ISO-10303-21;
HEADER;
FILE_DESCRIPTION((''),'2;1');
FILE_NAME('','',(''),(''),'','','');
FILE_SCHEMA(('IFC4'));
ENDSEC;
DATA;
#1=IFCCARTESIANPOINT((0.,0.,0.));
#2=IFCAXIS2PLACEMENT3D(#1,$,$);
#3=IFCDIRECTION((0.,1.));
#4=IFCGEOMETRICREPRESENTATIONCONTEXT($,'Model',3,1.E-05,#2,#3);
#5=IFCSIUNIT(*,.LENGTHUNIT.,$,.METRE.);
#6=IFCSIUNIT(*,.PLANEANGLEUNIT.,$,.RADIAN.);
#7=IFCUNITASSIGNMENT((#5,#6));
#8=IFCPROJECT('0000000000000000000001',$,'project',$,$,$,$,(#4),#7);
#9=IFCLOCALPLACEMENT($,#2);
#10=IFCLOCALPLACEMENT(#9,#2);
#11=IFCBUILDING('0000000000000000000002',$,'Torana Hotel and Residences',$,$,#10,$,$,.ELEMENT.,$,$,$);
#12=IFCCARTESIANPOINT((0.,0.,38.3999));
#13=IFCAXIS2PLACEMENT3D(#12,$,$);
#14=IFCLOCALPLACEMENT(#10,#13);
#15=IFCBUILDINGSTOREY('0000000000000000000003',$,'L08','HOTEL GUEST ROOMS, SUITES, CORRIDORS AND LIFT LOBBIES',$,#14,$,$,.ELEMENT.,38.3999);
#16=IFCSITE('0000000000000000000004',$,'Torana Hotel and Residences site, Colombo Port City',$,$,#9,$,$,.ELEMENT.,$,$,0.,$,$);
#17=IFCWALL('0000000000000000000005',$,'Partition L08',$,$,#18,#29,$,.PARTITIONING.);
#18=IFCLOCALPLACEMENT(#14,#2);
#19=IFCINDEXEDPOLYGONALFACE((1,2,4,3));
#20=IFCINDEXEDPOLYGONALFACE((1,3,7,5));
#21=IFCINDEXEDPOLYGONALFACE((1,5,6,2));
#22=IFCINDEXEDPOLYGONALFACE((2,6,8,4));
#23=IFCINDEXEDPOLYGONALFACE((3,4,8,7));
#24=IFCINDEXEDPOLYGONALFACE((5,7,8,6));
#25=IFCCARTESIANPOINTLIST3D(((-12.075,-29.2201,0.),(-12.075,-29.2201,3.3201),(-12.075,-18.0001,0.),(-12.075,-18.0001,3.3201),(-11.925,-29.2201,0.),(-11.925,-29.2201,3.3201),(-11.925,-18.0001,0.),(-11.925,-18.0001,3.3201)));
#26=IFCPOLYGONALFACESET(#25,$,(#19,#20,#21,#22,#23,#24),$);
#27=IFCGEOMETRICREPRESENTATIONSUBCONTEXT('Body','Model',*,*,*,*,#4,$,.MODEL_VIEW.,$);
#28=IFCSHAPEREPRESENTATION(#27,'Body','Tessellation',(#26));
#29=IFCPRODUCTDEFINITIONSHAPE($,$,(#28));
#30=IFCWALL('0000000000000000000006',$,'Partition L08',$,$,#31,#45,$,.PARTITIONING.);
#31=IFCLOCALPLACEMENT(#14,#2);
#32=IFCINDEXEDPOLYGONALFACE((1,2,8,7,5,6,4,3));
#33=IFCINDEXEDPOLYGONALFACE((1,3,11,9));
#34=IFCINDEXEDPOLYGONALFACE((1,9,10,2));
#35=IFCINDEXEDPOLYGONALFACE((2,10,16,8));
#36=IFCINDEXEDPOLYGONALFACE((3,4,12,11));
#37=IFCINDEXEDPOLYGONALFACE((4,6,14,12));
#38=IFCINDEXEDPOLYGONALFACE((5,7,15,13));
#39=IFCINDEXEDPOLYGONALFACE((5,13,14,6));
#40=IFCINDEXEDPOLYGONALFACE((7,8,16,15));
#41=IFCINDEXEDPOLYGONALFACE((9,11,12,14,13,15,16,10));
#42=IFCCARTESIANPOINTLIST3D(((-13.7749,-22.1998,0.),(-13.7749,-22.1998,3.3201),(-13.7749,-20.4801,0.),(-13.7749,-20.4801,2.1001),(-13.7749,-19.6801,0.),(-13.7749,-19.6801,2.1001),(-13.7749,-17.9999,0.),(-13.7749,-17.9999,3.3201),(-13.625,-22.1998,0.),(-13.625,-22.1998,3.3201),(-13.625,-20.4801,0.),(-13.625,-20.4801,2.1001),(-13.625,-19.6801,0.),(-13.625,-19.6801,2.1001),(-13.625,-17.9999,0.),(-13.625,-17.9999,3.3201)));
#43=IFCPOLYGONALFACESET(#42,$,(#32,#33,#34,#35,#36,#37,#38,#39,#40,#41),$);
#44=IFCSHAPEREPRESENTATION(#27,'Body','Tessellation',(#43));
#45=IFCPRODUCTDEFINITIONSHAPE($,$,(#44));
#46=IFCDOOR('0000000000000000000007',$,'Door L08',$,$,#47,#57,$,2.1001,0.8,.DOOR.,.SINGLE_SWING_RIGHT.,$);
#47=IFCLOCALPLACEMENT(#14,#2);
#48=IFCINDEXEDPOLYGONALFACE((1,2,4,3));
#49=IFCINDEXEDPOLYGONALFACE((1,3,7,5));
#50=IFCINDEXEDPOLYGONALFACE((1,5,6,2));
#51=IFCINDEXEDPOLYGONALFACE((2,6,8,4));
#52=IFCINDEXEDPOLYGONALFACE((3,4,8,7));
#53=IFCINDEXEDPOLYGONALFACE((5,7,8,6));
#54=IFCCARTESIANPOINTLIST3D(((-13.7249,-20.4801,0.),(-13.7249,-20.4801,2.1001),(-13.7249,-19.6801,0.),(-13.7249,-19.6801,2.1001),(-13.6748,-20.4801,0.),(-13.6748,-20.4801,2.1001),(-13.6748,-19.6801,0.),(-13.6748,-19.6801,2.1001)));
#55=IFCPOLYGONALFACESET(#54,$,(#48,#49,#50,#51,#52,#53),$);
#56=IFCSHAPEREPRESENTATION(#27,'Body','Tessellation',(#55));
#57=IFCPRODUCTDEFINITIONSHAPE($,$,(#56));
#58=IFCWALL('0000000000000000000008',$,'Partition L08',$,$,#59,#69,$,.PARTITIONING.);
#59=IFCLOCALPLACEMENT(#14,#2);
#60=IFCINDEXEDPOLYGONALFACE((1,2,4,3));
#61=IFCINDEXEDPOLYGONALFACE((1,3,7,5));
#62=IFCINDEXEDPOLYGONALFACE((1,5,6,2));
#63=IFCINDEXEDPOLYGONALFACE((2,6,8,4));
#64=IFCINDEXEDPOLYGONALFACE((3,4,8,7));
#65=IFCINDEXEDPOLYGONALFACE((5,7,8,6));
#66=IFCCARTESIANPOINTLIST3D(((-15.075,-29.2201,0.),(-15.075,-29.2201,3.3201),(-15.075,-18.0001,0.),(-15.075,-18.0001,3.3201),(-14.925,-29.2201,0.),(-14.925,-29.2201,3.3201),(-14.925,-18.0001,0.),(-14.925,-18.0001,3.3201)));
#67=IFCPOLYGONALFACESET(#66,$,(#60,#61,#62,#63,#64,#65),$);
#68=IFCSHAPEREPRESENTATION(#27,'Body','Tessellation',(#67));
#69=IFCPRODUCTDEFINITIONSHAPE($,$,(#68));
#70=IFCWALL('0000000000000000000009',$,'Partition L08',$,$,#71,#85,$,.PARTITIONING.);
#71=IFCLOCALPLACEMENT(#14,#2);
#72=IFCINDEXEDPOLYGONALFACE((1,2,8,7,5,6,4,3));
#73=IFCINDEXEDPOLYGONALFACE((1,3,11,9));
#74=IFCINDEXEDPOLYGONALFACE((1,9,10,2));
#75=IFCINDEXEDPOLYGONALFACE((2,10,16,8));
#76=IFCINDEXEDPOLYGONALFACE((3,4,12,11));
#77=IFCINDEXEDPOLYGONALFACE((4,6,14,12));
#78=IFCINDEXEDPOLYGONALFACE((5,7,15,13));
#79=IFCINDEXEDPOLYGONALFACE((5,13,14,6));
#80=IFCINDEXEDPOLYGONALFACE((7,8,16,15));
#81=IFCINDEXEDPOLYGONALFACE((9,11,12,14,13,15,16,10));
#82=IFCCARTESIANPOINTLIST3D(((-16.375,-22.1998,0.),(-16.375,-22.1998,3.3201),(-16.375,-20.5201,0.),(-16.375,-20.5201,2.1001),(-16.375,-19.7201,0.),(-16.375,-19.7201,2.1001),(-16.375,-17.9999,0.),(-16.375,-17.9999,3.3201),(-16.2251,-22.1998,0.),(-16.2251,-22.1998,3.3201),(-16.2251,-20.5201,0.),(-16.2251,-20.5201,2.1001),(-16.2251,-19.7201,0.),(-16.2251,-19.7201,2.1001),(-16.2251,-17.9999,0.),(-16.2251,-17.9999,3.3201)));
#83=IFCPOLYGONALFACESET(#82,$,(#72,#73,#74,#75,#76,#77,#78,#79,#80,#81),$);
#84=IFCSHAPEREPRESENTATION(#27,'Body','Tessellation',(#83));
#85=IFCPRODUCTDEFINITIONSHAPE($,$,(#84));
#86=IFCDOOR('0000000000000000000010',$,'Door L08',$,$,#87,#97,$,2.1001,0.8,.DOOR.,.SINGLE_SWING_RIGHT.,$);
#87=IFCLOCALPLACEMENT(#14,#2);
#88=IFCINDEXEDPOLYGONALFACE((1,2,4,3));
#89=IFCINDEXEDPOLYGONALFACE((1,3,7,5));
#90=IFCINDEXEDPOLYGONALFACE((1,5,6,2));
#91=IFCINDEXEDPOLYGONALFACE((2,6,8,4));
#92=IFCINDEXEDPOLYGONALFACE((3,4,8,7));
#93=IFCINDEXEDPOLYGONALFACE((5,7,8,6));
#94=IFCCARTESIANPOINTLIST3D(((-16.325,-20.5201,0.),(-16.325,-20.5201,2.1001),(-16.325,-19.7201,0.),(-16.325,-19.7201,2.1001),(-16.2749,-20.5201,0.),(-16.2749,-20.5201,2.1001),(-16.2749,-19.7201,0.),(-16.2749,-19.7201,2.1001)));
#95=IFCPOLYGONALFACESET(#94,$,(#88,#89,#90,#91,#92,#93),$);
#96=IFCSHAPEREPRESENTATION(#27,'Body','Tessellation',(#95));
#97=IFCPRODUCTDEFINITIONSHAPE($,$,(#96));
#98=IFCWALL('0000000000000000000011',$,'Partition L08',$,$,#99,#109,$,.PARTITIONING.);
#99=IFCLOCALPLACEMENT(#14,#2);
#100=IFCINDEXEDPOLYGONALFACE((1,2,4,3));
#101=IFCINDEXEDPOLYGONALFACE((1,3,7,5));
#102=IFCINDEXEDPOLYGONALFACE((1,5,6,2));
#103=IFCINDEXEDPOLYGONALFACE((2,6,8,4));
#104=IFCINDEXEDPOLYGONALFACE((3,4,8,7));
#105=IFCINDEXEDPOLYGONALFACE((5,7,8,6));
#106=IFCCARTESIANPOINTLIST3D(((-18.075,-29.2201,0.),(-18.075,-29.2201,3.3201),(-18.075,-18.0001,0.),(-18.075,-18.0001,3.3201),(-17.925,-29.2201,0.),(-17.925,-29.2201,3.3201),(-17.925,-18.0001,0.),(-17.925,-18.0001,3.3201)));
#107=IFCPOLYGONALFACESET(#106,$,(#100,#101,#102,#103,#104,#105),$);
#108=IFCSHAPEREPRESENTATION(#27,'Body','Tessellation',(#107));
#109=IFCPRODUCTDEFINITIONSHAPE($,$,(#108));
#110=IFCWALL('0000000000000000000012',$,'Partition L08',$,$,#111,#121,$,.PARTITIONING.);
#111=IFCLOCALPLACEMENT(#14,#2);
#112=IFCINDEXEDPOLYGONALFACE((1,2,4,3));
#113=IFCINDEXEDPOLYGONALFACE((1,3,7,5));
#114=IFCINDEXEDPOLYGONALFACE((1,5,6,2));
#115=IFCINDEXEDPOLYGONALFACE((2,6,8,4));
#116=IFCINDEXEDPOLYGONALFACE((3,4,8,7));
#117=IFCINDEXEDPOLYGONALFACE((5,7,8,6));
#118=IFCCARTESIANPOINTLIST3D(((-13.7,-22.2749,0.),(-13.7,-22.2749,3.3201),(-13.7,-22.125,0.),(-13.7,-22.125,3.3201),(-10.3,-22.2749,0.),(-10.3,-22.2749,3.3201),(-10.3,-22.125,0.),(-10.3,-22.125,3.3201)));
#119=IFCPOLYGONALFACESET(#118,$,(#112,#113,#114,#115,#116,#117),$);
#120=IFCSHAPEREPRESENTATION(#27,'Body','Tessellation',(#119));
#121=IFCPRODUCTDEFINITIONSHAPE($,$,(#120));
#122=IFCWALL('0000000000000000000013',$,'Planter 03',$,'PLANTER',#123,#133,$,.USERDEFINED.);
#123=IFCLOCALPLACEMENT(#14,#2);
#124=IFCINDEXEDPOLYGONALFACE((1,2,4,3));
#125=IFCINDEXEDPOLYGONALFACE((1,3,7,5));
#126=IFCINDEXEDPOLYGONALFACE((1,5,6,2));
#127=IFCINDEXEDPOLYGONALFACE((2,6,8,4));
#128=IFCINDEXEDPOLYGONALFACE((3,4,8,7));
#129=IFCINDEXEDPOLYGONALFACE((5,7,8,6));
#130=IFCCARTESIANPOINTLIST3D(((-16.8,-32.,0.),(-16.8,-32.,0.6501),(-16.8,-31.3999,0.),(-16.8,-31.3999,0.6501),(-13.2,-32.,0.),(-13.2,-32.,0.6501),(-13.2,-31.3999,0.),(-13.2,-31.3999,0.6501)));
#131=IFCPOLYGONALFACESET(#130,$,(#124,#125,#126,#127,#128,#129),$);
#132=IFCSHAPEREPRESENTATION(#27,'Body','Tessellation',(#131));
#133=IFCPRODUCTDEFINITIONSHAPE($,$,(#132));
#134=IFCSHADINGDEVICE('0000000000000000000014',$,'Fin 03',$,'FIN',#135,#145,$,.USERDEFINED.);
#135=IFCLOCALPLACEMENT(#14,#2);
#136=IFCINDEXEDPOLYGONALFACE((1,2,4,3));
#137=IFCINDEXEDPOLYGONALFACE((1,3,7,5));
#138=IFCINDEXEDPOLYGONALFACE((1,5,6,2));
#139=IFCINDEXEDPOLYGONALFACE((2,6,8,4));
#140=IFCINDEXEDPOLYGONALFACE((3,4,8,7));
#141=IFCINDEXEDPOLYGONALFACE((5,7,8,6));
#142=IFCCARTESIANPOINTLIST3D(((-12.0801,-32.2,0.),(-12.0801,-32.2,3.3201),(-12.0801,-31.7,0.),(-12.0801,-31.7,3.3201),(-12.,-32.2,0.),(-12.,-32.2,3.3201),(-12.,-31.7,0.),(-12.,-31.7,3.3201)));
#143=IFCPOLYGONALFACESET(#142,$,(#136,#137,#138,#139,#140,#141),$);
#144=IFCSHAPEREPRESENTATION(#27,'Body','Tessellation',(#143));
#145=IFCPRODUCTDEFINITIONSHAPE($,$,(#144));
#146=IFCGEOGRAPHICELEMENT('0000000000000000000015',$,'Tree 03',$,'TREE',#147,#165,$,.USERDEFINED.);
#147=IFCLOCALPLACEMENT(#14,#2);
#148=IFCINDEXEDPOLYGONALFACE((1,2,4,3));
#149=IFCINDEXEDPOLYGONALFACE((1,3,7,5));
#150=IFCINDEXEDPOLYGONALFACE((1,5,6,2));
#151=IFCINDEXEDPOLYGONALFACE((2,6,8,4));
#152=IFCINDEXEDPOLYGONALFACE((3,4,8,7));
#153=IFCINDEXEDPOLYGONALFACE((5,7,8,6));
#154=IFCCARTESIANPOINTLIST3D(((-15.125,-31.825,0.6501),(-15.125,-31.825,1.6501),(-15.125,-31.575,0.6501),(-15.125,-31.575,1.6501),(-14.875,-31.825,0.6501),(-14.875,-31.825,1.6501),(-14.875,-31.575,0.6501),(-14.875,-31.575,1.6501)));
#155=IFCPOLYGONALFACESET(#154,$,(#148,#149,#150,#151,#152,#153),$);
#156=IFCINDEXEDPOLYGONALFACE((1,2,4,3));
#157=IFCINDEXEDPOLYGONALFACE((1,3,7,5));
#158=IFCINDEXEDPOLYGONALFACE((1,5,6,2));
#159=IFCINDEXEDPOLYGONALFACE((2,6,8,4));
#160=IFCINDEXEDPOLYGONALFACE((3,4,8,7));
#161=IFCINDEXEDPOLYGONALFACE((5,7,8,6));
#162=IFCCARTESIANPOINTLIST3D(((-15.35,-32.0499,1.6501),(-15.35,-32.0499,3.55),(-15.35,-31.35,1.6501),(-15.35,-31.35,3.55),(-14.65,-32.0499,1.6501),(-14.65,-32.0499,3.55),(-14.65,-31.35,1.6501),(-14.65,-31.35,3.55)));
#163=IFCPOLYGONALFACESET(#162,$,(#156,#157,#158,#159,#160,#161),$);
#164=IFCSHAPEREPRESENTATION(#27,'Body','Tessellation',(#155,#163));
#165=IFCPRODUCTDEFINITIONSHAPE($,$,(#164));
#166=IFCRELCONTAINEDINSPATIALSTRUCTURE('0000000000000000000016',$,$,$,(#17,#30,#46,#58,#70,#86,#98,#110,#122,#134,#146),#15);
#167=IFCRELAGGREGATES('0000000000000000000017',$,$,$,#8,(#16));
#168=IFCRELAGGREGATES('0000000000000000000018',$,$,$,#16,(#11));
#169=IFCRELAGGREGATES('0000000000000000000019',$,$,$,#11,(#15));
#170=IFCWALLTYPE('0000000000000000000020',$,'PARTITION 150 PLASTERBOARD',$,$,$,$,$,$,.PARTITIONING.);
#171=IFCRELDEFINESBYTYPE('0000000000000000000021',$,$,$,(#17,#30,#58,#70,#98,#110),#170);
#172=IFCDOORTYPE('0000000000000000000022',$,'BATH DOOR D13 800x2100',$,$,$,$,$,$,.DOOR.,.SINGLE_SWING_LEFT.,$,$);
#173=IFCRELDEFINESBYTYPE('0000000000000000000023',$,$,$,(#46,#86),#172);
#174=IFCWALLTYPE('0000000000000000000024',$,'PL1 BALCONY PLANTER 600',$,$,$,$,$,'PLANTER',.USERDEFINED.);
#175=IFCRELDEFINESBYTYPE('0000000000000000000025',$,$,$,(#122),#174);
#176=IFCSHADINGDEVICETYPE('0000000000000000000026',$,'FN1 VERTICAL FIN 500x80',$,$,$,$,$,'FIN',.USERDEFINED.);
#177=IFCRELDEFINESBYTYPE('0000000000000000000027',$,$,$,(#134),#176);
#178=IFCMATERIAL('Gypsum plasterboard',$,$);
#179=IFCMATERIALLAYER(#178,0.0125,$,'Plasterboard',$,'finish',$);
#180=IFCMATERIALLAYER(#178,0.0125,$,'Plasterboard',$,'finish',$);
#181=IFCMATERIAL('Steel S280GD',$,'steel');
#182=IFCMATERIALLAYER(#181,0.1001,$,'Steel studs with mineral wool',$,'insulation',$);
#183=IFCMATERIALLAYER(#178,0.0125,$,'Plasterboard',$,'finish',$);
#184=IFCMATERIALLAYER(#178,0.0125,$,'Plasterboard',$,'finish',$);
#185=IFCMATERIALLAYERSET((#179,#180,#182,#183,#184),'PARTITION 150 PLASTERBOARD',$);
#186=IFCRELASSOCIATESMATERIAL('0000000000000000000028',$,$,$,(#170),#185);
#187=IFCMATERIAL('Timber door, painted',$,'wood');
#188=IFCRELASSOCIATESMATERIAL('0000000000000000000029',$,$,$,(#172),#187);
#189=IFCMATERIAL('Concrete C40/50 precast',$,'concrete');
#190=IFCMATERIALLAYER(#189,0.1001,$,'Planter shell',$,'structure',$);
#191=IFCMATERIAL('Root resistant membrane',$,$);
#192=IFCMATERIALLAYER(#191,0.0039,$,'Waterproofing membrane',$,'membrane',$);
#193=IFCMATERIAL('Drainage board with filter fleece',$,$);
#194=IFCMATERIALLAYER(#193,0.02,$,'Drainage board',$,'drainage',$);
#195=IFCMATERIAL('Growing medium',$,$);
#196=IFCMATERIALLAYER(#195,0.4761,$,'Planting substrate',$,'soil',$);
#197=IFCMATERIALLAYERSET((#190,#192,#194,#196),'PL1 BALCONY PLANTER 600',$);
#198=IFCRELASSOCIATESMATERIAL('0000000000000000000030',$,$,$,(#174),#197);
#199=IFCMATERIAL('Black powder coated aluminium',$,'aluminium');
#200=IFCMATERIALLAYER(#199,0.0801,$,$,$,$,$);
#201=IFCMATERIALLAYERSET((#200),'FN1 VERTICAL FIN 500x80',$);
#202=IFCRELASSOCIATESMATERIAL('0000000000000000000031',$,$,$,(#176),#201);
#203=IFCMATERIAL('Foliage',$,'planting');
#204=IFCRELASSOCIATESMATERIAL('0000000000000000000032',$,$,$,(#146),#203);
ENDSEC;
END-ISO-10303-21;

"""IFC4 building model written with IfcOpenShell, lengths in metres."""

from ifc_helpers import new_model, si_unit, direction, frame, frame_2d, origin, origin_2d, place, context, subcontext, project, spatial, rectangle, extrude, material, layer, layer_set, type_object, element, fill, save


model = new_model("IFC4")

# Units and contexts
model_context = context("Model", 3, precision=1e-05, world=origin(), true_north=direction((0.0, 1.0)))
body_context = subcontext(model_context, "Body", "Model", "MODEL_VIEW")
ifc_project = project(units=[si_unit("LENGTHUNIT", "METRE"), si_unit("PLANEANGLEUNIT", "RADIAN")], contexts=[model_context])

# Site, building, storey
site_placement = place(None, origin())
site = spatial("IfcSite", under=ifc_project, at=site_placement, Name="Torana Hotel and Residences site, Colombo Port City", CompositionType="ELEMENT", RefElevation=0.0)
building_placement = place(site_placement, origin())
building = spatial("IfcBuilding", under=site, at=building_placement, Name="Torana Hotel and Residences", CompositionType="ELEMENT")
storey_placement = place(building_placement, frame((0.0, 0.0, 38.3999)))
storey = spatial("IfcBuildingStorey", under=building, at=storey_placement, Name="L08", Description="HOTEL GUEST ROOMS, SUITES, CORRIDORS AND LIFT LOBBIES", CompositionType="ELEMENT", Elevation=38.3999)

# Shared definitions
ifc_material_1 = material(Name="Gypsum plasterboard")
ifc_layer_1 = layer(ifc_material_1, 0.0125, Name="Plasterboard", Category="finish")
ifc_layer_2 = layer(ifc_material_1, 0.0125, Name="Plasterboard", Category="finish")
ifc_material_2 = material(Name="Steel S280GD", Category="steel")
ifc_layer_3 = layer(ifc_material_2, 0.1001, Name="Steel studs with mineral wool", Category="insulation")
ifc_layer_4 = layer(ifc_material_1, 0.0125, Name="Plasterboard", Category="finish")
ifc_layer_5 = layer(ifc_material_1, 0.0125, Name="Plasterboard", Category="finish")
ifc_layer_set_1 = layer_set([ifc_layer_1, ifc_layer_2, ifc_layer_3, ifc_layer_4, ifc_layer_5], Name="PARTITION 150 PLASTERBOARD")
wall_type_1 = type_object("IfcWallType", Name="PARTITION 150 PLASTERBOARD", PredefinedType="PARTITIONING", material=ifc_layer_set_1)
ifc_material_3 = material(Name="Timber door, painted", Category="wood")
door_type_1 = type_object("IfcDoorType", Name="BATH DOOR D13 800x2100", OperationType="SINGLE_SWING_LEFT", PredefinedType="DOOR", material=ifc_material_3)

# Wall
wall_1_placement = place(storey_placement, frame((-12.0, -29.22, 0.0), z_axis=(0.0, 0.0, 1.0), x_axis=(0.0, 1.0, 0.0)))
element("IfcWall", 1, at=wall_1_placement, inside=storey, type_object=wall_type_1, Name="Partition L08", PredefinedType="PARTITIONING", context=body_context, shape_type="SweptSolid", body=[
    extrude(rectangle(XDim=11.22, YDim=0.1499, at=frame_2d((5.6099, 0.0))), origin(), (0.0, 0.0, 1.0), 3.3201),
])

# Wall, opening, door
wall_2_placement = place(storey_placement, frame((-13.7, -22.2, 0.0), z_axis=(0.0, 0.0, 1.0), x_axis=(0.0, 1.0, 0.0)))
wall_2 = element("IfcWall", 2, at=wall_2_placement, inside=storey, type_object=wall_type_1, Name="Partition L08", PredefinedType="PARTITIONING", context=body_context, shape_type="SweptSolid", body=[
    extrude(rectangle(XDim=4.2, YDim=0.1499, at=frame_2d((2.1001, 0.0))), origin(), (0.0, 0.0, 1.0), 3.3201),
])
opening_1_placement = place(wall_2_placement, frame((1.72, 0.0, 0.0)))
opening_1 = element("IfcOpeningElement", 3, at=opening_1_placement, cuts=wall_2, PredefinedType="OPENING", context=body_context, shape_type="SweptSolid", body=[
    extrude(rectangle(XDim=0.8, YDim=2.1001, at=frame_2d((0.3999, 1.05))), frame((0.0, 0.085, 0.0), z_axis=(0.0, -1.0, 0.0), x_axis=(1.0, 0.0, 0.0)), (0.0, 0.0, 1.0), 0.1699),
])
door_1_placement = place(opening_1_placement, origin())
door_1 = element("IfcDoor", 4, at=door_1_placement, inside=storey, type_object=door_type_1, Name="Door L08", OperationType="SINGLE_SWING_RIGHT", OverallHeight=2.1001, OverallWidth=0.8, PredefinedType="DOOR", context=body_context, shape_type="SweptSolid", body=[
    extrude(rectangle(XDim=0.8, YDim=2.1001, at=frame_2d((0.3999, 1.05))), frame((0.0, 0.0249, 0.0), z_axis=(0.0, -1.0, 0.0), x_axis=(1.0, 0.0, 0.0)), (0.0, 0.0, 1.0), 0.05),
])
fill(opening_1, door_1)

# Wall
wall_3_placement = place(storey_placement, frame((-15.0, -29.22, 0.0), z_axis=(0.0, 0.0, 1.0), x_axis=(0.0, 1.0, 0.0)))
element("IfcWall", 5, at=wall_3_placement, inside=storey, type_object=wall_type_1, Name="Partition L08", PredefinedType="PARTITIONING", context=body_context, shape_type="SweptSolid", body=[
    extrude(rectangle(XDim=11.22, YDim=0.1499, at=frame_2d((5.6099, 0.0))), origin(), (0.0, 0.0, 1.0), 3.3201),
])

# Wall, opening, door
wall_4_placement = place(storey_placement, frame((-16.3, -22.2, 0.0), z_axis=(0.0, 0.0, 1.0), x_axis=(0.0, 1.0, 0.0)))
wall_4 = element("IfcWall", 6, at=wall_4_placement, inside=storey, type_object=wall_type_1, Name="Partition L08", PredefinedType="PARTITIONING", context=body_context, shape_type="SweptSolid", body=[
    extrude(rectangle(XDim=4.2, YDim=0.1499, at=frame_2d((2.1001, 0.0))), origin(), (0.0, 0.0, 1.0), 3.3201),
])
opening_2_placement = place(wall_4_placement, frame((1.6799, 0.0, 0.0)))
opening_2 = element("IfcOpeningElement", 7, at=opening_2_placement, cuts=wall_4, PredefinedType="OPENING", context=body_context, shape_type="SweptSolid", body=[
    extrude(rectangle(XDim=0.8, YDim=2.1001, at=frame_2d((0.3999, 1.05))), frame((0.0, 0.085, 0.0), z_axis=(0.0, -1.0, 0.0), x_axis=(1.0, 0.0, 0.0)), (0.0, 0.0, 1.0), 0.1699),
])
door_2_placement = place(opening_2_placement, origin())
door_2 = element("IfcDoor", 8, at=door_2_placement, inside=storey, type_object=door_type_1, Name="Door L08", OperationType="SINGLE_SWING_RIGHT", OverallHeight=2.1001, OverallWidth=0.8, PredefinedType="DOOR", context=body_context, shape_type="SweptSolid", body=[
    extrude(rectangle(XDim=0.8, YDim=2.1001, at=frame_2d((0.3999, 1.05))), frame((0.0, 0.0249, 0.0), z_axis=(0.0, -1.0, 0.0), x_axis=(1.0, 0.0, 0.0)), (0.0, 0.0, 1.0), 0.05),
])
fill(opening_2, door_2)

# Walls
wall_5_placement = place(storey_placement, frame((-18.0, -29.22, 0.0), z_axis=(0.0, 0.0, 1.0), x_axis=(0.0, 1.0, 0.0)))
element("IfcWall", 9, at=wall_5_placement, inside=storey, type_object=wall_type_1, Name="Partition L08", PredefinedType="PARTITIONING", context=body_context, shape_type="SweptSolid", body=[
    extrude(rectangle(XDim=11.22, YDim=0.1499, at=frame_2d((5.6099, 0.0))), origin(), (0.0, 0.0, 1.0), 3.3201),
])
wall_6_placement = place(storey_placement, frame((-13.7, -22.2, 0.0), z_axis=(0.0, 0.0, 1.0), x_axis=(1.0, 0.0, 0.0)))
element("IfcWall", 10, at=wall_6_placement, inside=storey, type_object=wall_type_1, Name="Partition L08", PredefinedType="PARTITIONING", context=body_context, shape_type="SweptSolid", body=[
    extrude(rectangle(XDim=3.3999, YDim=0.1499, at=frame_2d((1.7, 0.0))), origin(), (0.0, 0.0, 1.0), 3.3201),
])
ifc_material_4 = material(Name="Concrete C40/50 precast", Category="concrete")
ifc_layer_6 = layer(ifc_material_4, 0.1001, Name="Planter shell", Category="structure")
ifc_material_5 = material(Name="Root resistant membrane")
ifc_layer_7 = layer(ifc_material_5, 0.0039, Name="Waterproofing membrane", Category="membrane")
ifc_material_6 = material(Name="Drainage board with filter fleece")
ifc_layer_8 = layer(ifc_material_6, 0.02, Name="Drainage board", Category="drainage")
ifc_material_7 = material(Name="Growing medium")
ifc_layer_9 = layer(ifc_material_7, 0.4761, Name="Planting substrate", Category="soil")
ifc_layer_set_2 = layer_set([ifc_layer_6, ifc_layer_7, ifc_layer_8, ifc_layer_9], Name="PL1 BALCONY PLANTER 600")
wall_type_2 = type_object("IfcWallType", Name="PL1 BALCONY PLANTER 600", ElementType="PLANTER", PredefinedType="USERDEFINED", material=ifc_layer_set_2)
wall_7_placement = place(storey_placement, frame((-13.2, -31.7, 0.0), z_axis=(0.0, 0.0, 1.0), x_axis=(-1.0, 0.0, 0.0)))
element("IfcWall", 11, at=wall_7_placement, inside=storey, type_object=wall_type_2, Name="Planter 03", ObjectType="PLANTER", PredefinedType="USERDEFINED", context=body_context, shape_type="SweptSolid", body=[
    extrude(rectangle(XDim=3.6001, YDim=0.6001, at=frame_2d((1.8, 0.0))), origin(), (0.0, 0.0, 1.0), 0.6501),
])

# Shading device
ifc_material_8 = material(Name="Black powder coated aluminium", Category="aluminium")
ifc_layer_10 = layer(ifc_material_8, 0.0801)
ifc_layer_set_3 = layer_set([ifc_layer_10], Name="FN1 VERTICAL FIN 500x80")
shading_device_type = type_object("IfcShadingDeviceType", Name="FN1 VERTICAL FIN 500x80", ElementType="FIN", PredefinedType="USERDEFINED", material=ifc_layer_set_3)
shading_device_placement = place(storey_placement, frame((-12.04, -31.95, 0.0), z_axis=(0.0, 0.0, 1.0), x_axis=(-1.0, 0.0, 0.0)))
element("IfcShadingDevice", 12, at=shading_device_placement, inside=storey, type_object=shading_device_type, Name="Fin 03", ObjectType="FIN", PredefinedType="USERDEFINED", context=body_context, shape_type="SweptSolid", body=[
    extrude(rectangle(XDim=0.0801, YDim=0.5, at=origin_2d()), origin(), (0.0, 0.0, 1.0), 3.3201),
])

# Geographic element
ifc_material_9 = material(Name="Foliage", Category="planting")
for number, where, z_axis, x_axis, name in (
    (13, (-15.0, -31.7, 0.6501), (0.0, 0.0, 1.0), (1.0, 0.0, 0.0), "Tree 03"),
):
    element("IfcGeographicElement", number, at=place(storey_placement, frame(where, z_axis=z_axis, x_axis=x_axis)), inside=storey, material=ifc_material_9, Name=name, ObjectType="TREE", PredefinedType="USERDEFINED", context=body_context, shape_type="SweptSolid", body=[
        extrude(rectangle(XDim=0.25, YDim=0.25, at=origin_2d()), origin(), (0.0, 0.0, 1.0), 1.0),
        extrude(rectangle(XDim=0.7, YDim=0.7, at=origin_2d()), frame((0.0, 0.0, 1.0)), (0.0, 0.0, 1.0), 1.8999),
    ])

save(model, "model.ifc")
